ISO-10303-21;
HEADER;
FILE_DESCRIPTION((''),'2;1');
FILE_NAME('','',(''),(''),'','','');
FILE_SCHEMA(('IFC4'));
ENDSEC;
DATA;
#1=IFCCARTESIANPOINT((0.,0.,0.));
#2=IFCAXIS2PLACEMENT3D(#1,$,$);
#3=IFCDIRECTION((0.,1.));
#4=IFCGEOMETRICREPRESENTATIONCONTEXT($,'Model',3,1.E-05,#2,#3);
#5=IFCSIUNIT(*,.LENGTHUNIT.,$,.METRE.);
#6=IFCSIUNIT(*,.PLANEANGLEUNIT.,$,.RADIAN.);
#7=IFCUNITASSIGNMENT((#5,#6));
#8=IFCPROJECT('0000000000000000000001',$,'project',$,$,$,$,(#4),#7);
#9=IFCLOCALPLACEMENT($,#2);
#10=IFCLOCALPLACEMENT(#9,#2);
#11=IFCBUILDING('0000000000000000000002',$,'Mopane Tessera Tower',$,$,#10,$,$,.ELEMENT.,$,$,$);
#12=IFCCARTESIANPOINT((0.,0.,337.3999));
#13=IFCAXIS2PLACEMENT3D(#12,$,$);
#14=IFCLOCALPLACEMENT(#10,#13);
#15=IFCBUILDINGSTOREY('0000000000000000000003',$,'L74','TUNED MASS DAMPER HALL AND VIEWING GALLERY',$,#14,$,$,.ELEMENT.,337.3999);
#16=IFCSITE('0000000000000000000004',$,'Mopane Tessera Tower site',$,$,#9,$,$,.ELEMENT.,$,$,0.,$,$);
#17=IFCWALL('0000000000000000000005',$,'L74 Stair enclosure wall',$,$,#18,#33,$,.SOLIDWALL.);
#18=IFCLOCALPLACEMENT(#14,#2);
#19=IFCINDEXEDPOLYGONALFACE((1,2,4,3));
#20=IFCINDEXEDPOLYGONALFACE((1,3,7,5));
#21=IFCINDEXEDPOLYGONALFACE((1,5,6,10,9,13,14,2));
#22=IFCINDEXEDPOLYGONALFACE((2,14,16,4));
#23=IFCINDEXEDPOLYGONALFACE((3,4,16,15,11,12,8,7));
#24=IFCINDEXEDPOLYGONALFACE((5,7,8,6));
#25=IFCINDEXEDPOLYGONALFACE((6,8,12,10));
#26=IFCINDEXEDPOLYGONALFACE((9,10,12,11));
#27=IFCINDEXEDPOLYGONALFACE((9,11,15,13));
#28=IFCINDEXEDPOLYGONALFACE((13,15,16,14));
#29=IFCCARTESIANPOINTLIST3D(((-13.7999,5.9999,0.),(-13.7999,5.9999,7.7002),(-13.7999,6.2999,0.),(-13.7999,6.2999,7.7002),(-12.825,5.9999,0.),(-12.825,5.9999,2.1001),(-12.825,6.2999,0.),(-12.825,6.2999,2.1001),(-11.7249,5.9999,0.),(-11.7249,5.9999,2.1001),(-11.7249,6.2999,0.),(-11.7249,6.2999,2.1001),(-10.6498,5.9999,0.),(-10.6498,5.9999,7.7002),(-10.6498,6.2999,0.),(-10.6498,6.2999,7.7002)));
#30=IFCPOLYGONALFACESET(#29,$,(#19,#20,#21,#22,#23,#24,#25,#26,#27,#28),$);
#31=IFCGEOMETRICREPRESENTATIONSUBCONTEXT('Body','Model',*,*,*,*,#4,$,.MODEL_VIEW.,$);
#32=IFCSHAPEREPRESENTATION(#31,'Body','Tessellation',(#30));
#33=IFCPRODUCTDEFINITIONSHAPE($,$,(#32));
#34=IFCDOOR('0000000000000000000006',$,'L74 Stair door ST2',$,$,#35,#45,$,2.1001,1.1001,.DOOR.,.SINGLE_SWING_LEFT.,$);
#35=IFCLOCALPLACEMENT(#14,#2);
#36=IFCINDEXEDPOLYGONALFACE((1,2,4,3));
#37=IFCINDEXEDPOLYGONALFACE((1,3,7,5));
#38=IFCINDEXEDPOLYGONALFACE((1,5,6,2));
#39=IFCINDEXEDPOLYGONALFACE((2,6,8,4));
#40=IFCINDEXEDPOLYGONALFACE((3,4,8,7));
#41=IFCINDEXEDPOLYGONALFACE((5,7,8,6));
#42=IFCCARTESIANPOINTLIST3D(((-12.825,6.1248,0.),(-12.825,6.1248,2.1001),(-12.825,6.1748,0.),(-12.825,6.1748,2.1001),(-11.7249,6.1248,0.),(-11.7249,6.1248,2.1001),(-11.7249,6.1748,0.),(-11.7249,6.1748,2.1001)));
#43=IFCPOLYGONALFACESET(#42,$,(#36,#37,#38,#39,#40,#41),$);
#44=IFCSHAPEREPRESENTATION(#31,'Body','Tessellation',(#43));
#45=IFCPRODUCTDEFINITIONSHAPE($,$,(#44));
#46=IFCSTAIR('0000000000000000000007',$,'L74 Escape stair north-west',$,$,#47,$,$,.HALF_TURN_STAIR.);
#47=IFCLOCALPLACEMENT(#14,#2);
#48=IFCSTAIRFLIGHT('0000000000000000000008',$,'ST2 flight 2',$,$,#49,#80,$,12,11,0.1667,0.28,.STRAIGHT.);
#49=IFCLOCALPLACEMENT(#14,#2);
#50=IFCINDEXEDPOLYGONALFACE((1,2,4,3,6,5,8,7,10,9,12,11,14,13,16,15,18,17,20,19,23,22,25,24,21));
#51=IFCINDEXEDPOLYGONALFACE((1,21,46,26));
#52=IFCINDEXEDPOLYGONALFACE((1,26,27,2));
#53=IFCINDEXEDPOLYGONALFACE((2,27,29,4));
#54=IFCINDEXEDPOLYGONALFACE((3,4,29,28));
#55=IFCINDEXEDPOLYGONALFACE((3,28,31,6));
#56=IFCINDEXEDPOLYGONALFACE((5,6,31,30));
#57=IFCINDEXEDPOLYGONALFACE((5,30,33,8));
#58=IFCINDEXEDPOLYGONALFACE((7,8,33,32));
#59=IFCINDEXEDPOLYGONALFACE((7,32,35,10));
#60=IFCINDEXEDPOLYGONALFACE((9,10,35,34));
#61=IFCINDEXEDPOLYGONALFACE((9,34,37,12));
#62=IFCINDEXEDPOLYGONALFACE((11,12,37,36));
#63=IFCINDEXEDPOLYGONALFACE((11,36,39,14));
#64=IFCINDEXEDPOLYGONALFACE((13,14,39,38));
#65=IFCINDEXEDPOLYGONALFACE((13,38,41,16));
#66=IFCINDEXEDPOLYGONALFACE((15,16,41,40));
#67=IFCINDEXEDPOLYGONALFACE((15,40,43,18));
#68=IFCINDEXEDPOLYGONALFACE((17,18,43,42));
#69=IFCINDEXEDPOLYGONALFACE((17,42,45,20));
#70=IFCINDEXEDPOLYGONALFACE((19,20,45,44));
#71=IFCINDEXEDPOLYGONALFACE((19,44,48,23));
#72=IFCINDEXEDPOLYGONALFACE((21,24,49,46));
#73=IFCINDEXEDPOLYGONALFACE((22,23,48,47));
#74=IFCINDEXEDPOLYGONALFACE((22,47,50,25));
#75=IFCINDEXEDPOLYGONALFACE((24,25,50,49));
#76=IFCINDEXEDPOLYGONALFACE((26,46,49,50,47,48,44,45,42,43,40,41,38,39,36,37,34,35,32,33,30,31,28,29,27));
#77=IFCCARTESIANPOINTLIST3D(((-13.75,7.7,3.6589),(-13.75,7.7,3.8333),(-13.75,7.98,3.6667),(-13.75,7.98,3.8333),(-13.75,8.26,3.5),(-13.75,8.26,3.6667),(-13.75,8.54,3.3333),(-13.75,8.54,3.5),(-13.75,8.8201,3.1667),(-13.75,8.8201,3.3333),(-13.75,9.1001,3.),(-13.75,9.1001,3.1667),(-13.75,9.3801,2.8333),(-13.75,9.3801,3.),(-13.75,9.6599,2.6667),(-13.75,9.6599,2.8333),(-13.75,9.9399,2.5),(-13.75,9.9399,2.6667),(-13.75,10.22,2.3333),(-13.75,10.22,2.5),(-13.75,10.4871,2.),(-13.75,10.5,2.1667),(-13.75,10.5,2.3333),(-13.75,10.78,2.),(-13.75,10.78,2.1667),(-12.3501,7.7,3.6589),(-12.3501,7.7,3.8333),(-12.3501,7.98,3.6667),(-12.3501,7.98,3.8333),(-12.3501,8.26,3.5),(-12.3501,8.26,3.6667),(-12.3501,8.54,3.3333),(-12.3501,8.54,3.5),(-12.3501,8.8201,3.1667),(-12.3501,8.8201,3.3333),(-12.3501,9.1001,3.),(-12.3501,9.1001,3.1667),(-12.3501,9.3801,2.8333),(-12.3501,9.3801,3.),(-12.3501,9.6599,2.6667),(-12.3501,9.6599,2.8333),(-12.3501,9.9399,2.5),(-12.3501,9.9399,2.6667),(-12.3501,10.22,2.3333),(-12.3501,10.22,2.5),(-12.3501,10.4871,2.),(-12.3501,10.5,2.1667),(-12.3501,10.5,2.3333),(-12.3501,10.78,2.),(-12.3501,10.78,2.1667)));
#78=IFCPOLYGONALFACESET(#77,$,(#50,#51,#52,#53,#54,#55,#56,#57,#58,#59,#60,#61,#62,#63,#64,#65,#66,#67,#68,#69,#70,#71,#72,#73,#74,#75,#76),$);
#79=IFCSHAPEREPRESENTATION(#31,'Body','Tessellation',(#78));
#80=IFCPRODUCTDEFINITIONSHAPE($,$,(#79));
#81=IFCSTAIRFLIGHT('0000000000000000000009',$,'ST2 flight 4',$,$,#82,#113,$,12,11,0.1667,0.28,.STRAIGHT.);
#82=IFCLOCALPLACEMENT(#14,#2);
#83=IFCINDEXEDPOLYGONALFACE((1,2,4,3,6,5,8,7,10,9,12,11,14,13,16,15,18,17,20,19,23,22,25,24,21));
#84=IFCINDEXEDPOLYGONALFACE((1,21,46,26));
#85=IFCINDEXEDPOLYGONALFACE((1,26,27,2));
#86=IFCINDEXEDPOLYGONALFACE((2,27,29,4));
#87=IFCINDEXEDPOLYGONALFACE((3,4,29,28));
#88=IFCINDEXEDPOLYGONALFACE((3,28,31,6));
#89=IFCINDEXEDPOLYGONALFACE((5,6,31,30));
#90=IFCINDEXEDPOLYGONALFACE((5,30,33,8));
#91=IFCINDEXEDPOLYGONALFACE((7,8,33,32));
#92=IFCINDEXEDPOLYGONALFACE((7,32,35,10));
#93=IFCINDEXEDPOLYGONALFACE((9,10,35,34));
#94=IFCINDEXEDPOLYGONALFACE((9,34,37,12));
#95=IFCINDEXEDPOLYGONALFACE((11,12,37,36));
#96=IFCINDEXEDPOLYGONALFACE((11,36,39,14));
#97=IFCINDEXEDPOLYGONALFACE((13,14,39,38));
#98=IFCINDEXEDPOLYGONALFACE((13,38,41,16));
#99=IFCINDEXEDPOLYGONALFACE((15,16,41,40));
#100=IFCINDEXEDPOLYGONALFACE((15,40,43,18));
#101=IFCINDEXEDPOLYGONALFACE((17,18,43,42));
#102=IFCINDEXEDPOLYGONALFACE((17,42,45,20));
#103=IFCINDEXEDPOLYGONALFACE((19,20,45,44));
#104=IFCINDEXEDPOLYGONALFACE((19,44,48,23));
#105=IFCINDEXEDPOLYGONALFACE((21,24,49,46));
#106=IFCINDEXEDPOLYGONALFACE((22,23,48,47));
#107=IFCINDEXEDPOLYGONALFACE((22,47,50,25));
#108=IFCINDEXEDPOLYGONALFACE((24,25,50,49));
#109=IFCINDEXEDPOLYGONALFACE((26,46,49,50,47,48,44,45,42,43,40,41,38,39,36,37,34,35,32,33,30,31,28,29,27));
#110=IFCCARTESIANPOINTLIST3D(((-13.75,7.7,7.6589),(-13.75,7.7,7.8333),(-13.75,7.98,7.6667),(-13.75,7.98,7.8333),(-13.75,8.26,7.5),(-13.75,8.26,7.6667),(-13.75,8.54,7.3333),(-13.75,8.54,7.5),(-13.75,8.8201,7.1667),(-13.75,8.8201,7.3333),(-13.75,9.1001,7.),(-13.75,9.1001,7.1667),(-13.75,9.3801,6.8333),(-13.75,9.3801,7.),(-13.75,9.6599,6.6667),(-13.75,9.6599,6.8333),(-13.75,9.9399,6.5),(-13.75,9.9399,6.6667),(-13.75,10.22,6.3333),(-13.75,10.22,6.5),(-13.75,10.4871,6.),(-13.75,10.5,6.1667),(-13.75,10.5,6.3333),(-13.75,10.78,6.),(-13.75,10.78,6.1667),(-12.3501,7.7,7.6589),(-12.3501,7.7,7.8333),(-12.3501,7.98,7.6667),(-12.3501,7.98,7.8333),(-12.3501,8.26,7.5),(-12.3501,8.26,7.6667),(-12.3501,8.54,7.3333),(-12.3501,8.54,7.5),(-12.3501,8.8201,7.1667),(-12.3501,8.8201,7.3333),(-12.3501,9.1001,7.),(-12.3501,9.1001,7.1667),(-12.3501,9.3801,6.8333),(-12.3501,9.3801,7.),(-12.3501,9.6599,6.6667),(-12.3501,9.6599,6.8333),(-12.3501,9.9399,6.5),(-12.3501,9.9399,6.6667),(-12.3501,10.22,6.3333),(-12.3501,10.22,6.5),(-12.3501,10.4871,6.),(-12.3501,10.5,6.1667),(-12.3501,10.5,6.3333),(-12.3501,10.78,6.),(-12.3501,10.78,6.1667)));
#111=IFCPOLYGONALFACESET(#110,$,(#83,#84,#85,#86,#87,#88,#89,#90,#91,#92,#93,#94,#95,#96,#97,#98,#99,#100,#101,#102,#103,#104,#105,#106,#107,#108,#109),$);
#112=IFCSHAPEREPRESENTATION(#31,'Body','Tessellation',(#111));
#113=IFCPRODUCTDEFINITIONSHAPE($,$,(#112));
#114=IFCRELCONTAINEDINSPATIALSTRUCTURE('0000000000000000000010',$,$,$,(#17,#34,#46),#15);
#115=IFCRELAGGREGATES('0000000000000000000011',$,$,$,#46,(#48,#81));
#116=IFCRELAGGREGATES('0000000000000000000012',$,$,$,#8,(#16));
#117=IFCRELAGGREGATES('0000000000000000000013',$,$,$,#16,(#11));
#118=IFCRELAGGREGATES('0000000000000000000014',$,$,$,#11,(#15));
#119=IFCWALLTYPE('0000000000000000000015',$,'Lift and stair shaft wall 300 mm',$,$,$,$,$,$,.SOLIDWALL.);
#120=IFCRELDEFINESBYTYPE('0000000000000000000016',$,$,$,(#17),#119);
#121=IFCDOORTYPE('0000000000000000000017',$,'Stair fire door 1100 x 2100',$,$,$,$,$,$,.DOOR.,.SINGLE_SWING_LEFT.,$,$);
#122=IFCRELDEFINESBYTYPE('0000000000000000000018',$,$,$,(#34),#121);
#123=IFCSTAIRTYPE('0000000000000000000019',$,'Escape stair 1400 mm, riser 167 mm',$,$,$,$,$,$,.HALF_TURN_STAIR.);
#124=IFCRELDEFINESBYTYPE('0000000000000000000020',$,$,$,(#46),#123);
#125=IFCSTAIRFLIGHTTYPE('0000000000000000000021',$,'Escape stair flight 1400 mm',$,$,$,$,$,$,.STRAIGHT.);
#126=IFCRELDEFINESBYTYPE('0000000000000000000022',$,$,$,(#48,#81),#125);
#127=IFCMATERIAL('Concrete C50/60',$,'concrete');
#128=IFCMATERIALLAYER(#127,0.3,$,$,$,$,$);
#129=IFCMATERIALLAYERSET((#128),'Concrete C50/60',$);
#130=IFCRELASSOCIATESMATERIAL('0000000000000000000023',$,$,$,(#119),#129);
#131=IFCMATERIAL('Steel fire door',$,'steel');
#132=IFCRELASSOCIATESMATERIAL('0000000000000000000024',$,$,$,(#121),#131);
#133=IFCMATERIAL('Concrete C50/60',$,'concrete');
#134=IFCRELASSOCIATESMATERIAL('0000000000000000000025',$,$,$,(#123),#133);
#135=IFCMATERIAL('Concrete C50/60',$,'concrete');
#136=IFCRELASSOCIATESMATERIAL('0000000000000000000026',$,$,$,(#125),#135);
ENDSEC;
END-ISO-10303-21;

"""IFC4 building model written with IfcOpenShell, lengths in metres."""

from ifc_helpers import new_model, si_unit, direction, frame, frame_2d, origin, place, context, subcontext, project, spatial, polyline, rectangle, outline, extrude, material, layer, layer_set, type_object, element, fill, aggregate, save


model = new_model("IFC4")

# Units and contexts
model_context = context("Model", 3, precision=1e-05, world=origin(), true_north=direction((0.0, 1.0)))
body_context = subcontext(model_context, "Body", "Model", "MODEL_VIEW")
ifc_project = project(units=[si_unit("LENGTHUNIT", "METRE"), si_unit("PLANEANGLEUNIT", "RADIAN")], contexts=[model_context])

# Site, building, storey
site_placement = place(None, origin())
site = spatial("IfcSite", under=ifc_project, at=site_placement, Name="Mopane Tessera Tower site", CompositionType="ELEMENT", RefElevation=0.0)
building_placement = place(site_placement, origin())
building = spatial("IfcBuilding", under=site, at=building_placement, Name="Mopane Tessera Tower", CompositionType="ELEMENT")
storey_placement = place(building_placement, frame((0.0, 0.0, 337.3999)))
storey = spatial("IfcBuildingStorey", under=building, at=storey_placement, Name="L74", Description="TUNED MASS DAMPER HALL AND VIEWING GALLERY", CompositionType="ELEMENT", Elevation=337.3999)

# Wall, opening, door
ifc_material_1 = material(Name="Concrete C50/60", Category="concrete")
ifc_layer_1 = layer(ifc_material_1, 0.3)
ifc_layer_set_1 = layer_set([ifc_layer_1], Name="Concrete C50/60")
wall_type_1 = type_object("IfcWallType", Name="Lift and stair shaft wall 300 mm", PredefinedType="SOLIDWALL", material=ifc_layer_set_1)
ifc_material_2 = material(Name="Steel fire door", Category="steel")
door_type_1 = type_object("IfcDoorType", Name="Stair fire door 1100 x 2100", OperationType="SINGLE_SWING_LEFT", PredefinedType="DOOR", material=ifc_material_2)
wall_1_placement = place(storey_placement, frame((-13.8, 6.1499, 0.0), z_axis=(0.0, 0.0, 1.0), x_axis=(1.0, 0.0, 0.0)))
wall_1 = element("IfcWall", 1, at=wall_1_placement, inside=storey, type_object=wall_type_1, Name="L74 Stair enclosure wall", PredefinedType="SOLIDWALL", context=body_context, shape_type="SweptSolid", body=[
    extrude(rectangle(XDim=3.1501, YDim=0.3, at=frame_2d((1.5752, 0.0))), origin(), (0.0, 0.0, 1.0), 7.7002),
])
opening_1_placement = place(wall_1_placement, frame((0.9751, 0.0, 0.0)))
opening_1 = element("IfcOpeningElement", 2, at=opening_1_placement, cuts=wall_1, PredefinedType="OPENING", context=body_context, shape_type="SweptSolid", body=[
    extrude(rectangle(XDim=1.1001, YDim=2.1001, at=frame_2d((0.55, 1.05))), frame((0.0, 0.1621, 0.0), z_axis=(0.0, -1.0, 0.0), x_axis=(1.0, 0.0, 0.0)), (0.0, 0.0, 1.0), 0.324),
])
door_1_placement = place(opening_1_placement, origin())
door_1 = element("IfcDoor", 3, at=door_1_placement, inside=storey, type_object=door_type_1, Name="L74 Stair door ST2", OperationType="SINGLE_SWING_LEFT", OverallHeight=2.1001, OverallWidth=1.1001, PredefinedType="DOOR", context=body_context, shape_type="SweptSolid", body=[
    extrude(rectangle(XDim=1.1001, YDim=2.1001, at=frame_2d((0.55, 1.05))), frame((0.0, 0.0249, 0.0), z_axis=(0.0, -1.0, 0.0), x_axis=(1.0, 0.0, 0.0)), (0.0, 0.0, 1.0), 0.05),
])
fill(opening_1, door_1)

# Stair, stair flights
ifc_material_3 = material(Name="Concrete C50/60", Category="concrete")
stair_type = type_object("IfcStairType", Name="Escape stair 1400 mm, riser 167 mm", PredefinedType="HALF_TURN_STAIR", material=ifc_material_3)
stair_placement = place(storey_placement, origin())
stair = element("IfcStair", 4, at=stair_placement, inside=storey, type_object=stair_type, Name="L74 Escape stair north-west", PredefinedType="HALF_TURN_STAIR")
ifc_material_4 = material(Name="Concrete C50/60", Category="concrete")
stair_flight_type = type_object("IfcStairFlightType", Name="Escape stair flight 1400 mm", PredefinedType="STRAIGHT", material=ifc_material_4)
stair_flight_1_placement = place(storey_placement, frame((-13.05, 10.78, 2.0), z_axis=(0.0, 0.0, 1.0), x_axis=(0.0, -1.0, 0.0)))
stair_flight_1 = element("IfcStairFlight", 5, at=stair_flight_1_placement, type_object=stair_flight_type, Name="ST2 flight 2", NumberOfRisers=12, NumberOfTreads=11, PredefinedType="STRAIGHT", RiserHeight=0.1667, TreadLength=0.28, context=body_context, shape_type="SweptSolid", body=[
    extrude(outline(polyline([(0.0, 0.0), (0.0, 0.1667), (0.28, 0.1667), (0.28, 0.3333), (0.5601, 0.3333), (0.5601, 0.5), (0.8401, 0.5), (0.8401, 0.6667), (1.1201, 0.6667), (1.1201, 0.8333), (1.3999, 0.8333), (1.3999, 1.0), (1.6799, 1.0), (1.6799, 1.1667), (1.96, 1.1667), (1.96, 1.3333), (2.24, 1.3333), (2.24, 1.5), (2.52, 1.5), (2.52, 1.6667), (2.8, 1.6667), (2.8, 1.8333), (3.0801, 1.8333), (3.0801, 2.0), (3.0801, 1.6589), (0.293, 0.0), (0.0, 0.0)])), frame((0.0, 0.7, 0.0), z_axis=(0.0, -1.0, 0.0), x_axis=(1.0, 0.0, 0.0)), (0.0, 0.0, 1.0), 1.3999),
])
stair_flight_2_placement = place(storey_placement, frame((-13.05, 10.78, 6.0), z_axis=(0.0, 0.0, 1.0), x_axis=(0.0, -1.0, 0.0)))
stair_flight_2 = element("IfcStairFlight", 6, at=stair_flight_2_placement, type_object=stair_flight_type, Name="ST2 flight 4", NumberOfRisers=12, NumberOfTreads=11, PredefinedType="STRAIGHT", RiserHeight=0.1667, TreadLength=0.28, context=body_context, shape_type="SweptSolid", body=[
    extrude(outline(polyline([(0.0, 0.0), (0.0, 0.1667), (0.28, 0.1667), (0.28, 0.3333), (0.5601, 0.3333), (0.5601, 0.5), (0.8401, 0.5), (0.8401, 0.6667), (1.1201, 0.6667), (1.1201, 0.8333), (1.3999, 0.8333), (1.3999, 1.0), (1.6799, 1.0), (1.6799, 1.1667), (1.96, 1.1667), (1.96, 1.3333), (2.24, 1.3333), (2.24, 1.5), (2.52, 1.5), (2.52, 1.6667), (2.8, 1.6667), (2.8, 1.8333), (3.0801, 1.8333), (3.0801, 2.0), (3.0801, 1.6589), (0.293, 0.0), (0.0, 0.0)])), frame((0.0, 0.7, 0.0), z_axis=(0.0, -1.0, 0.0), x_axis=(1.0, 0.0, 0.0)), (0.0, 0.0, 1.0), 1.3999),
])
aggregate(stair, [stair_flight_1, stair_flight_2])

save(model, "model.ifc")
